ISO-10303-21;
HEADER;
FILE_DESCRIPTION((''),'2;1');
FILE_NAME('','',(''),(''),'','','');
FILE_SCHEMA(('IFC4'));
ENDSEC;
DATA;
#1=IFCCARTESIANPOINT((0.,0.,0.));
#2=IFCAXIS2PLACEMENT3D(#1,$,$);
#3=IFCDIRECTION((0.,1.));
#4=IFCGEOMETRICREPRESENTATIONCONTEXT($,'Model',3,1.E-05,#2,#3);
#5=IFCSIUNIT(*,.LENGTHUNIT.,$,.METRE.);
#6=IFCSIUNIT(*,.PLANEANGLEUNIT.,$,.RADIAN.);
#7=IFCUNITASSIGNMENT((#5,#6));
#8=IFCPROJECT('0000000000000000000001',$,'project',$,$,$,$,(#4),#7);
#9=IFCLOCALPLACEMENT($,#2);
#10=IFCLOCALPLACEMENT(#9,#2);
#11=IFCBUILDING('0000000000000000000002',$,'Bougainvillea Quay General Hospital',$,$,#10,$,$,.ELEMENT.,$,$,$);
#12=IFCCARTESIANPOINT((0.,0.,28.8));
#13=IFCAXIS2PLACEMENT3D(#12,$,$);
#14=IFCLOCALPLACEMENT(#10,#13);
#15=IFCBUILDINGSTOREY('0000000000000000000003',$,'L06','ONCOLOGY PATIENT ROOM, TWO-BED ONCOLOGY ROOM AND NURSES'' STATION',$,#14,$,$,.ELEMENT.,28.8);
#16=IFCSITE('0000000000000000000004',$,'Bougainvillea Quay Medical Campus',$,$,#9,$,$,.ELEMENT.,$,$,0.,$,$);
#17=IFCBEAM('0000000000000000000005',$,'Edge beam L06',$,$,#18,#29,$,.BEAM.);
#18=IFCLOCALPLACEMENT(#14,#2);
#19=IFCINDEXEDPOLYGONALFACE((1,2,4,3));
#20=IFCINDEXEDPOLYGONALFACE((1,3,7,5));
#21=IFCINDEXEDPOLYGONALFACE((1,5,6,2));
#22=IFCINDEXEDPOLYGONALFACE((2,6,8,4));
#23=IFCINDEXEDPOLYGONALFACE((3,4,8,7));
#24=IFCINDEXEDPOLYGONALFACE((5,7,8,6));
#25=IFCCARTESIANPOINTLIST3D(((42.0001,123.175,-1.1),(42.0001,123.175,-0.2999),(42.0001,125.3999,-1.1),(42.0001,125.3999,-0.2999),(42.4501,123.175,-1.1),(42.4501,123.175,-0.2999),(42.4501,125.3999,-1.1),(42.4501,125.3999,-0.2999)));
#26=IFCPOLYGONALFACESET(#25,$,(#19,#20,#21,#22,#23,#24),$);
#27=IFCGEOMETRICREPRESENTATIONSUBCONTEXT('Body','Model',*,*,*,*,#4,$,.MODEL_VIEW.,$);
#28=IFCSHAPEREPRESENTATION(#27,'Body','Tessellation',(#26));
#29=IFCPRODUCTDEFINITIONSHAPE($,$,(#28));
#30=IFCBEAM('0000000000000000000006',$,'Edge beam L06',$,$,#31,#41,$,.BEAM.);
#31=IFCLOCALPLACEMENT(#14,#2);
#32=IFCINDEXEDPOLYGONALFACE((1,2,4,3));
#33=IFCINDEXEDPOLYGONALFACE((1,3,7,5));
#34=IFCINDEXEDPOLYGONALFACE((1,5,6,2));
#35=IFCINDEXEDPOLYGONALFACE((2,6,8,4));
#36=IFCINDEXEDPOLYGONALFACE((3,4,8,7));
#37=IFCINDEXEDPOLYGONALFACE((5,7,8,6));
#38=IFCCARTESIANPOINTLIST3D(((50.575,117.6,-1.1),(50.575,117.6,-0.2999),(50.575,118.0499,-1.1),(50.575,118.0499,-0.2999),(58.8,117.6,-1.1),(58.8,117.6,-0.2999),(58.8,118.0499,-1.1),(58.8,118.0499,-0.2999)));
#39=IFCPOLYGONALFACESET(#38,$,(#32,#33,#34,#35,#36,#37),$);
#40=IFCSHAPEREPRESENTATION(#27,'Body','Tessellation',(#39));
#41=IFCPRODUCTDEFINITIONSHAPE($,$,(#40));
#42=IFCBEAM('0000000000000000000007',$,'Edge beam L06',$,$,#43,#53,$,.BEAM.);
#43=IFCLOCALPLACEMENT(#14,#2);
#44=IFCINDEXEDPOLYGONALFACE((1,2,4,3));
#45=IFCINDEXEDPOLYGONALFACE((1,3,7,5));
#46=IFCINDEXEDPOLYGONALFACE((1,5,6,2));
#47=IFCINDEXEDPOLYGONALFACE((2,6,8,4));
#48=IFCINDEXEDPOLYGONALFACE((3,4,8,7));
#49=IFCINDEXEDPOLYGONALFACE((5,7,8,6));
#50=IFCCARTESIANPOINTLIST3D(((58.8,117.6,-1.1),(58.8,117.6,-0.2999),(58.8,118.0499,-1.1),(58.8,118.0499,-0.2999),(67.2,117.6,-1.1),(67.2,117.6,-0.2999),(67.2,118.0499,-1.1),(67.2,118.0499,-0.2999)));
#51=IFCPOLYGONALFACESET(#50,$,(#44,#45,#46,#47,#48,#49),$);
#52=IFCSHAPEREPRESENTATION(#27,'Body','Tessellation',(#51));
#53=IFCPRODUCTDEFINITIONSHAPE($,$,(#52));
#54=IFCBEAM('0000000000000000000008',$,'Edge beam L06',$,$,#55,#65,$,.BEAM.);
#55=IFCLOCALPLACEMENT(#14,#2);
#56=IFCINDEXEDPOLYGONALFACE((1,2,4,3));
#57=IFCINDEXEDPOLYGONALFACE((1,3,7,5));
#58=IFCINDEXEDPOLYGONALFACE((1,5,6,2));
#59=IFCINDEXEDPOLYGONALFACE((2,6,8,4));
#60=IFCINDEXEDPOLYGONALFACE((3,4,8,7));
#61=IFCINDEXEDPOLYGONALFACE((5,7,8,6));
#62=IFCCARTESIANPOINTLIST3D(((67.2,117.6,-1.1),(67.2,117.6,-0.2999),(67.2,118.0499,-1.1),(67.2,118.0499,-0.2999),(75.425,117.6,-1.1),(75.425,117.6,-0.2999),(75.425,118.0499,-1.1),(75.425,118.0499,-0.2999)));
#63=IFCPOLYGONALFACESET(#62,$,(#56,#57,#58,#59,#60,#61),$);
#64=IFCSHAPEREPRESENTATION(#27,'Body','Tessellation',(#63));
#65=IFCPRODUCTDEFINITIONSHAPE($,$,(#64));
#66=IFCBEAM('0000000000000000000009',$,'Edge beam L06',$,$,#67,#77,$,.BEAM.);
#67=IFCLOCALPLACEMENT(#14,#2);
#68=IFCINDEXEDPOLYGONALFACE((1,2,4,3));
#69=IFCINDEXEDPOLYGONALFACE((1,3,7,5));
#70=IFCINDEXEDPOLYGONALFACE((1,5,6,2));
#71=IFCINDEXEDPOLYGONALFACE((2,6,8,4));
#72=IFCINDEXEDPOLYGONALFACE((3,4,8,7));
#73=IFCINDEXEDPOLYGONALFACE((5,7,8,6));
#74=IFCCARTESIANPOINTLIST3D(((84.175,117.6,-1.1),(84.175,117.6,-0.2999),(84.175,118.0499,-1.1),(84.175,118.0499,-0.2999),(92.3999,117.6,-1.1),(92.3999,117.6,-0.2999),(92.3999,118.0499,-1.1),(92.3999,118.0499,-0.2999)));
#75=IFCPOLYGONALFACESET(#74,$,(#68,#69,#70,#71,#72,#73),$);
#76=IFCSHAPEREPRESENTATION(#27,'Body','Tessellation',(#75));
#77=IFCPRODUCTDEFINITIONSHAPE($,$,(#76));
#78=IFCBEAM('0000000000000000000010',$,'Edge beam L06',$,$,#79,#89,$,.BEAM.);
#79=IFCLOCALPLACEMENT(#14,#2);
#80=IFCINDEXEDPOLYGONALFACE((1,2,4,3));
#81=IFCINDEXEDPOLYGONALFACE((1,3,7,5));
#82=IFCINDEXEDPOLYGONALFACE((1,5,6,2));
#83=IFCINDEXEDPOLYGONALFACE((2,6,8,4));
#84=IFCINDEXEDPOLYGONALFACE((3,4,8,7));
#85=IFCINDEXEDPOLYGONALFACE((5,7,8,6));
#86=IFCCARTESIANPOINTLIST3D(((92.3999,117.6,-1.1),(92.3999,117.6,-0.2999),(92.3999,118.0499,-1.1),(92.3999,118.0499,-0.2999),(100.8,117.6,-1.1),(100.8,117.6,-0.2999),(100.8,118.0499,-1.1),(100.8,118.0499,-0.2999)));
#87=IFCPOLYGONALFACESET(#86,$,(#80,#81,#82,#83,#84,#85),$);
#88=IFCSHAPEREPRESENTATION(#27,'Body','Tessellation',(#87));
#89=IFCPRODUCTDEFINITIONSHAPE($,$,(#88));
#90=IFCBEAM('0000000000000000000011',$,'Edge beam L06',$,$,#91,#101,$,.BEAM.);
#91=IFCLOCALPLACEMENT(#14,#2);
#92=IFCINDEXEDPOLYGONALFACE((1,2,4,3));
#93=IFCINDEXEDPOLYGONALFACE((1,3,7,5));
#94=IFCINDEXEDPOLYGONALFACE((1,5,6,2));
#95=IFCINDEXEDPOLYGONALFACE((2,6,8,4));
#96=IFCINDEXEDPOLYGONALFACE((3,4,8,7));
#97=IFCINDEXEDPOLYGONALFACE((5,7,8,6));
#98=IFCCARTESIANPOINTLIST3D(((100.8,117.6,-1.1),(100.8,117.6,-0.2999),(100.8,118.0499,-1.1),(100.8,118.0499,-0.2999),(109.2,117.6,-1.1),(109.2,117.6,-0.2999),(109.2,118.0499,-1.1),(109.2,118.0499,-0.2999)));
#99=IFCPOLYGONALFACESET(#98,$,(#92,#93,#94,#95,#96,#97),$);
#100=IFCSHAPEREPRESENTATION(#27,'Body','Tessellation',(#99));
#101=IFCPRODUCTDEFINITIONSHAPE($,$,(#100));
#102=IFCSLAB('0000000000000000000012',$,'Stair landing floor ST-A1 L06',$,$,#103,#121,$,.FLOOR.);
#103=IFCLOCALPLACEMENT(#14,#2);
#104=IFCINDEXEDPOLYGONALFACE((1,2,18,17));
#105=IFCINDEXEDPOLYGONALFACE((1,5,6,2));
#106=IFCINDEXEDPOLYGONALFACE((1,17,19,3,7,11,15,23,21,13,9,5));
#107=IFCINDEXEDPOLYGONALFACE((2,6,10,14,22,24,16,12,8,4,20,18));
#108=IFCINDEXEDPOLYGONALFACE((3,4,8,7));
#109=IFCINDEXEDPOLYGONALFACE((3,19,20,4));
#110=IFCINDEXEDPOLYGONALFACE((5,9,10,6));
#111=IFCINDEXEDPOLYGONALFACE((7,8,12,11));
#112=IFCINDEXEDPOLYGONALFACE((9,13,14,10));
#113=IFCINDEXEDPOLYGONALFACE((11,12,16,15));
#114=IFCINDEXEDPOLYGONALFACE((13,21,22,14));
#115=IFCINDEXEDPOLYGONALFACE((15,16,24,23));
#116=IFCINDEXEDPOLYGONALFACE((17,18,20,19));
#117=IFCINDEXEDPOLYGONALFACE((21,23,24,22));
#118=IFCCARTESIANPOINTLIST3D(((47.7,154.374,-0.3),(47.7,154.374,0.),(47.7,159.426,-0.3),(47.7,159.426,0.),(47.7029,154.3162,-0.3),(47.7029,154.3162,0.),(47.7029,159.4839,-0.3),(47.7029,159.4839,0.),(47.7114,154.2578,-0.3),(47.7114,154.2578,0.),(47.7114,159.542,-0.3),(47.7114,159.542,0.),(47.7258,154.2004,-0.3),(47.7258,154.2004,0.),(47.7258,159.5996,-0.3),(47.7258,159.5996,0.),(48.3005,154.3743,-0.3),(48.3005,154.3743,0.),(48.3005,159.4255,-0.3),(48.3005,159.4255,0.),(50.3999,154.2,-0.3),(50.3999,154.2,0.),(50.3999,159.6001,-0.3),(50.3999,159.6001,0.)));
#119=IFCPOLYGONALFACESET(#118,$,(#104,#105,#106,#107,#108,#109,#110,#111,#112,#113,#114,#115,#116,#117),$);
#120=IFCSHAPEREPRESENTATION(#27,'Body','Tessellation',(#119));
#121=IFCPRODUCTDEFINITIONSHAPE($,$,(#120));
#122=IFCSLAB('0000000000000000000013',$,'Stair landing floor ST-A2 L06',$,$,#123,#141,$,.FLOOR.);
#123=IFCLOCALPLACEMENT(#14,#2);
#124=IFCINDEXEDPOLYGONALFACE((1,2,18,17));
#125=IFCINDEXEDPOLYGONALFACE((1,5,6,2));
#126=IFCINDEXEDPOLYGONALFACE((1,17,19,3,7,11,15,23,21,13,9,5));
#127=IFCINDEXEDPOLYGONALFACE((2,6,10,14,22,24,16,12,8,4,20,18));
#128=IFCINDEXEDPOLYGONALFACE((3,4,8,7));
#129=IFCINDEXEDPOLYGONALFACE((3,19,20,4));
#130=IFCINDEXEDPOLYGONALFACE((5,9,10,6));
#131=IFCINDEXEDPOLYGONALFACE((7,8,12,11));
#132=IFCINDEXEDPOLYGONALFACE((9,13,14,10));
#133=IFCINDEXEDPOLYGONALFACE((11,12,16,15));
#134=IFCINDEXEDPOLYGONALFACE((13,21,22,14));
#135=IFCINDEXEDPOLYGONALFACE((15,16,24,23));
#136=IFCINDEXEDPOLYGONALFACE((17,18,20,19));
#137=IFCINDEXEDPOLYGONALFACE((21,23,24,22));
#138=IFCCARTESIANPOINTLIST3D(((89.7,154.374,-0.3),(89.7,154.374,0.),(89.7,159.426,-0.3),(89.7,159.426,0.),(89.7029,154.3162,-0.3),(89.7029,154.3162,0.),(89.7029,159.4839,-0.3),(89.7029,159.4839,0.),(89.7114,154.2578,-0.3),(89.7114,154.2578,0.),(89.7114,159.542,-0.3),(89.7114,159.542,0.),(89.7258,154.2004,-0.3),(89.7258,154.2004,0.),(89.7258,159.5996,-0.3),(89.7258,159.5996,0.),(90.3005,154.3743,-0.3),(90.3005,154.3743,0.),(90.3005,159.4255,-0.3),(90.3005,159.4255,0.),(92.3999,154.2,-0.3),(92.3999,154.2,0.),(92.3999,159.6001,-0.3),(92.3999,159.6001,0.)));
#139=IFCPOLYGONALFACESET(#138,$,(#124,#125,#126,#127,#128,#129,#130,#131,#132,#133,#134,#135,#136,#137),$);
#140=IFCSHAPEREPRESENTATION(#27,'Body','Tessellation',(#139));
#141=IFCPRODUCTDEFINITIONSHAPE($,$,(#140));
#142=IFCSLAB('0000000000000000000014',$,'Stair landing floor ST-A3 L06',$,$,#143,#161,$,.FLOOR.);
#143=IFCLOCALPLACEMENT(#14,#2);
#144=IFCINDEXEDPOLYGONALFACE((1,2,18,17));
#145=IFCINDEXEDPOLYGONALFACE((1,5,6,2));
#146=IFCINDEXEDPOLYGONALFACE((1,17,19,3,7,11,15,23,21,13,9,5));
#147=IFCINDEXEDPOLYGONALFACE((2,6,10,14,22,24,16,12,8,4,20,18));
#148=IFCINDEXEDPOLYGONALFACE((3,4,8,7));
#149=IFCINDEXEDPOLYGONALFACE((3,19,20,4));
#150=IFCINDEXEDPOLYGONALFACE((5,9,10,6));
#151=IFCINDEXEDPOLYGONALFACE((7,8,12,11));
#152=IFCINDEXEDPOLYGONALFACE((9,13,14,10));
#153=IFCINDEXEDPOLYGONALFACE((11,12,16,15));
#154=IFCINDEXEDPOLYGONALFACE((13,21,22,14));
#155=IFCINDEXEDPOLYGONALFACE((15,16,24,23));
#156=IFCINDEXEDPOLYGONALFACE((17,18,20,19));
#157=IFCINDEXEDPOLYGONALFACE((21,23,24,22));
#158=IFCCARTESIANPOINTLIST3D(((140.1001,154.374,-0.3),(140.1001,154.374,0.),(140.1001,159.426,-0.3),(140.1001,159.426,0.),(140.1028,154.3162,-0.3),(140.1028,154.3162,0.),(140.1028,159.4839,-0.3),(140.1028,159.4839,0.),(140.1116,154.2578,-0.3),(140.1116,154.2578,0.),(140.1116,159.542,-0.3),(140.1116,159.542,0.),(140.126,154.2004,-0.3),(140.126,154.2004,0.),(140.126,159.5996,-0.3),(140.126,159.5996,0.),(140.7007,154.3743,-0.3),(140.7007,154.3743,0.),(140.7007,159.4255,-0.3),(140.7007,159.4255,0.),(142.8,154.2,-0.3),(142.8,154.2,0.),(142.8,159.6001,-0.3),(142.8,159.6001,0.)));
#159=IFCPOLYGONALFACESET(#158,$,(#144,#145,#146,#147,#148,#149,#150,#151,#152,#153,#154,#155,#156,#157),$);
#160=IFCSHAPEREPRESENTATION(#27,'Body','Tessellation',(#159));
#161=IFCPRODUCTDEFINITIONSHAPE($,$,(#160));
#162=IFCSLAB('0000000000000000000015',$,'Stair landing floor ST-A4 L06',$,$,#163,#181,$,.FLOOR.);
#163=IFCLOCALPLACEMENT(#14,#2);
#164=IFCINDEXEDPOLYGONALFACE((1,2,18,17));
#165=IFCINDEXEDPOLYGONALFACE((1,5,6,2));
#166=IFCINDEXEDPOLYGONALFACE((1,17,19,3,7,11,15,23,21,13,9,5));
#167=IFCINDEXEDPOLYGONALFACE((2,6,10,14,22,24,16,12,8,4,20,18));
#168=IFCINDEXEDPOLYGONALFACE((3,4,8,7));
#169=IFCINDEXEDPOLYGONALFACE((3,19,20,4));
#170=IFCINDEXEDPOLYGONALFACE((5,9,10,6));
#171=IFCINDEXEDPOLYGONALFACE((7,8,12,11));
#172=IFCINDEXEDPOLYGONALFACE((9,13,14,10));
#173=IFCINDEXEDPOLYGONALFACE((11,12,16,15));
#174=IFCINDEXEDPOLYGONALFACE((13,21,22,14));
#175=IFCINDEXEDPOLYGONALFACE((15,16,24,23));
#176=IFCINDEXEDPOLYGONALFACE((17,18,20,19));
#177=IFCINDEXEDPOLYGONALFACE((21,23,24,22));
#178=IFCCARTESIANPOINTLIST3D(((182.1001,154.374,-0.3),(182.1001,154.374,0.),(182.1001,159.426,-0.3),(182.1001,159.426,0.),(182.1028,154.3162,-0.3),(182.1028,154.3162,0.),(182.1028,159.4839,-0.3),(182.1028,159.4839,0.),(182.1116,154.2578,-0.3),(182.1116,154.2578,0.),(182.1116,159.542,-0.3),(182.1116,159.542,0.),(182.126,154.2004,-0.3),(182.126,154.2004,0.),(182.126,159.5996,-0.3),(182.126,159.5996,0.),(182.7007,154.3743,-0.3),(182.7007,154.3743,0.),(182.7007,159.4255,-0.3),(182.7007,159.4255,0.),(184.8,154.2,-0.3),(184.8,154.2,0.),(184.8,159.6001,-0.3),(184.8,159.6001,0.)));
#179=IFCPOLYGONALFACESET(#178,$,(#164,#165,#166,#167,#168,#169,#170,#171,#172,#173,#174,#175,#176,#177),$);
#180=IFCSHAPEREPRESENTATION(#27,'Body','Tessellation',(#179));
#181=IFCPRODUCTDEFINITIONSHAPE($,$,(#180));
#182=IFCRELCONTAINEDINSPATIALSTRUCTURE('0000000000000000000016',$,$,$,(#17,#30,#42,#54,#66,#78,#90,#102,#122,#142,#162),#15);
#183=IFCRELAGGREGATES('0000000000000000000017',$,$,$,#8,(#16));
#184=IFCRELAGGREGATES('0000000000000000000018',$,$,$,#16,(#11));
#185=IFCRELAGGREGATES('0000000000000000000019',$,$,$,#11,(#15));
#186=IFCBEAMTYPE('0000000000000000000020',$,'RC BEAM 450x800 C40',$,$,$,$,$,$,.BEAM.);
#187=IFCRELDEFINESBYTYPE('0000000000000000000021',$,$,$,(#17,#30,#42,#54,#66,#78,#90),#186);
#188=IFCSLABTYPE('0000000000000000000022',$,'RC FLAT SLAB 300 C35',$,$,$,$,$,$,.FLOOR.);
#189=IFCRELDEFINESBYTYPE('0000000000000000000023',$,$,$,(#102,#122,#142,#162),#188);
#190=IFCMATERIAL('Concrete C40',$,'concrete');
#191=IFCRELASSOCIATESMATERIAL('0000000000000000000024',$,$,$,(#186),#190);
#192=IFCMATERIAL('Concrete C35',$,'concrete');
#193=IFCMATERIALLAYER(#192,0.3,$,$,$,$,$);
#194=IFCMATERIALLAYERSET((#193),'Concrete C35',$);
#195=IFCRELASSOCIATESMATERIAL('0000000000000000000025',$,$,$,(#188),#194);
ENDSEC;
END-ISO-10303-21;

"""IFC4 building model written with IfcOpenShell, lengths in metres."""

from ifc_helpers import new_model, si_unit, direction, frame, origin, origin_2d, place, context, subcontext, project, spatial, polyline, rectangle, outline, extrude, material, layer, layer_set, material_profile, profile_set, type_object, element, save


model = new_model("IFC4")

# Units and contexts
model_context = context("Model", 3, precision=1e-05, world=origin(), true_north=direction((0.0, 1.0)))
body_context = subcontext(model_context, "Body", "Model", "MODEL_VIEW")
ifc_project = project(units=[si_unit("LENGTHUNIT", "METRE"), si_unit("PLANEANGLEUNIT", "RADIAN")], contexts=[model_context])

# Site, building, storey
site_placement = place(None, origin())
site = spatial("IfcSite", under=ifc_project, at=site_placement, Name="Bougainvillea Quay Medical Campus", CompositionType="ELEMENT", RefElevation=0.0)
building_placement = place(site_placement, origin())
building = spatial("IfcBuilding", under=site, at=building_placement, Name="Bougainvillea Quay General Hospital", CompositionType="ELEMENT")
storey_placement = place(building_placement, frame((0.0, 0.0, 28.8)))
storey = spatial("IfcBuildingStorey", under=building, at=storey_placement, Name="L06", Description="ONCOLOGY PATIENT ROOM, TWO-BED ONCOLOGY ROOM AND NURSES' STATION", CompositionType="ELEMENT", Elevation=28.8)

# Beams
ifc_material_1 = material(Name="Concrete C40", Category="concrete")
ifc_material_profile = material_profile(ifc_material_1, rectangle(XDim=0.45, YDim=0.8, at=origin_2d()))
ifc_profile_set = profile_set([ifc_material_profile], Name="Concrete C40")
beam_type = type_object("IfcBeamType", Name="RC BEAM 450x800 C40", PredefinedType="BEAM", material=ifc_profile_set)
beam_1_placement = place(storey_placement, frame((42.2251, 125.3999, -0.7), z_axis=(0.0, -1.0, 0.0), x_axis=(1.0, 0.0, 0.0)))
element("IfcBeam", 1, at=beam_1_placement, inside=storey, type_object=beam_type, Name="Edge beam L06", PredefinedType="BEAM", context=body_context, shape_type="SweptSolid", body=[
    extrude(rectangle(XDim=0.45, YDim=0.8, at=origin_2d()), origin(), (0.0, 0.0, 1.0), 2.2249),
])
beam_2_placement = place(storey_placement, frame((50.575, 117.825, -0.7), z_axis=(1.0, 0.0, 0.0), x_axis=(0.0, 1.0, 0.0)))
element("IfcBeam", 2, at=beam_2_placement, inside=storey, type_object=beam_type, Name="Edge beam L06", PredefinedType="BEAM", context=body_context, shape_type="SweptSolid", body=[
    extrude(rectangle(XDim=0.45, YDim=0.8, at=origin_2d()), origin(), (0.0, 0.0, 1.0), 8.2251),
])
beam_3_placement = place(storey_placement, frame((58.8, 117.825, -0.7), z_axis=(1.0, 0.0, 0.0), x_axis=(0.0, 1.0, 0.0)))
element("IfcBeam", 3, at=beam_3_placement, inside=storey, type_object=beam_type, Name="Edge beam L06", PredefinedType="BEAM", context=body_context, shape_type="SweptSolid", body=[
    extrude(rectangle(XDim=0.45, YDim=0.8, at=origin_2d()), origin(), (0.0, 0.0, 1.0), 8.3999),
])
beam_4_placement = place(storey_placement, frame((67.2, 117.825, -0.7), z_axis=(1.0, 0.0, 0.0), x_axis=(0.0, 1.0, 0.0)))
element("IfcBeam", 4, at=beam_4_placement, inside=storey, type_object=beam_type, Name="Edge beam L06", PredefinedType="BEAM", context=body_context, shape_type="SweptSolid", body=[
    extrude(rectangle(XDim=0.45, YDim=0.8, at=origin_2d()), origin(), (0.0, 0.0, 1.0), 8.2251),
])
beam_5_placement = place(storey_placement, frame((84.175, 117.825, -0.7), z_axis=(1.0, 0.0, 0.0), x_axis=(0.0, 1.0, 0.0)))
element("IfcBeam", 5, at=beam_5_placement, inside=storey, type_object=beam_type, Name="Edge beam L06", PredefinedType="BEAM", context=body_context, shape_type="SweptSolid", body=[
    extrude(rectangle(XDim=0.45, YDim=0.8, at=origin_2d()), origin(), (0.0, 0.0, 1.0), 8.2249),
])
beam_6_placement = place(storey_placement, frame((92.3999, 117.825, -0.7), z_axis=(1.0, 0.0, 0.0), x_axis=(0.0, 1.0, 0.0)))
element("IfcBeam", 6, at=beam_6_placement, inside=storey, type_object=beam_type, Name="Edge beam L06", PredefinedType="BEAM", context=body_context, shape_type="SweptSolid", body=[
    extrude(rectangle(XDim=0.45, YDim=0.8, at=origin_2d()), origin(), (0.0, 0.0, 1.0), 8.4001),
])
beam_7_placement = place(storey_placement, frame((100.8, 117.825, -0.7), z_axis=(1.0, 0.0, 0.0), x_axis=(0.0, 1.0, 0.0)))
element("IfcBeam", 7, at=beam_7_placement, inside=storey, type_object=beam_type, Name="Edge beam L06", PredefinedType="BEAM", context=body_context, shape_type="SweptSolid", body=[
    extrude(rectangle(XDim=0.45, YDim=0.8, at=origin_2d()), origin(), (0.0, 0.0, 1.0), 8.3999),
])

# Slabs
ifc_material_2 = material(Name="Concrete C35", Category="concrete")
ifc_layer_1 = layer(ifc_material_2, 0.3)
ifc_layer_set_1 = layer_set([ifc_layer_1], Name="Concrete C35")
slab_type_1 = type_object("IfcSlabType", Name="RC FLAT SLAB 300 C35", PredefinedType="FLOOR", material=ifc_layer_set_1)
slab_1_placement = place(storey_placement, frame((0.0, 0.0, -0.3)))
element("IfcSlab", 8, at=slab_1_placement, inside=storey, type_object=slab_type_1, Name="Stair landing floor ST-A1 L06", PredefinedType="FLOOR", context=body_context, shape_type="SweptSolid", body=[
    extrude(outline(polyline([(47.7029, 159.4839), (47.7114, 159.542), (47.7258, 159.5996), (50.3999, 159.6001), (50.3999, 154.2), (47.7258, 154.2004), (47.7114, 154.2578), (47.7029, 154.3162), (47.7, 154.374), (48.3005, 154.3743), (48.3005, 159.4255), (47.7, 159.426), (47.7029, 159.4839)])), origin(), (0.0, 0.0, 1.0), 0.3),
])
slab_2_placement = place(storey_placement, frame((0.0, 0.0, -0.3)))
element("IfcSlab", 9, at=slab_2_placement, inside=storey, type_object=slab_type_1, Name="Stair landing floor ST-A2 L06", PredefinedType="FLOOR", context=body_context, shape_type="SweptSolid", body=[
    extrude(outline(polyline([(89.7029, 159.4839), (89.7114, 159.542), (89.7258, 159.5996), (92.3999, 159.6001), (92.3999, 154.2), (89.7258, 154.2004), (89.7114, 154.2578), (89.7029, 154.3162), (89.7, 154.374), (90.3005, 154.3743), (90.3005, 159.4255), (89.7, 159.426), (89.7029, 159.4839)])), origin(), (0.0, 0.0, 1.0), 0.3),
])
slab_3_placement = place(storey_placement, frame((0.0, 0.0, -0.3)))
element("IfcSlab", 10, at=slab_3_placement, inside=storey, type_object=slab_type_1, Name="Stair landing floor ST-A3 L06", PredefinedType="FLOOR", context=body_context, shape_type="SweptSolid", body=[
    extrude(outline(polyline([(140.1028, 159.4839), (140.1116, 159.542), (140.126, 159.5996), (142.8, 159.6001), (142.8, 154.2), (140.126, 154.2004), (140.1116, 154.2578), (140.1028, 154.3162), (140.1001, 154.374), (140.7007, 154.3743), (140.7007, 159.4255), (140.1001, 159.426), (140.1028, 159.4839)])), origin(), (0.0, 0.0, 1.0), 0.3),
])
slab_4_placement = place(storey_placement, frame((0.0, 0.0, -0.3)))
element("IfcSlab", 11, at=slab_4_placement, inside=storey, type_object=slab_type_1, Name="Stair landing floor ST-A4 L06", PredefinedType="FLOOR", context=body_context, shape_type="SweptSolid", body=[
    extrude(outline(polyline([(182.1028, 159.4839), (182.1116, 159.542), (182.126, 159.5996), (184.8, 159.6001), (184.8, 154.2), (182.126, 154.2004), (182.1116, 154.2578), (182.1028, 154.3162), (182.1001, 154.374), (182.7007, 154.3743), (182.7007, 159.4255), (182.1001, 159.426), (182.1028, 159.4839)])), origin(), (0.0, 0.0, 1.0), 0.3),
])

save(model, "model.ifc")
